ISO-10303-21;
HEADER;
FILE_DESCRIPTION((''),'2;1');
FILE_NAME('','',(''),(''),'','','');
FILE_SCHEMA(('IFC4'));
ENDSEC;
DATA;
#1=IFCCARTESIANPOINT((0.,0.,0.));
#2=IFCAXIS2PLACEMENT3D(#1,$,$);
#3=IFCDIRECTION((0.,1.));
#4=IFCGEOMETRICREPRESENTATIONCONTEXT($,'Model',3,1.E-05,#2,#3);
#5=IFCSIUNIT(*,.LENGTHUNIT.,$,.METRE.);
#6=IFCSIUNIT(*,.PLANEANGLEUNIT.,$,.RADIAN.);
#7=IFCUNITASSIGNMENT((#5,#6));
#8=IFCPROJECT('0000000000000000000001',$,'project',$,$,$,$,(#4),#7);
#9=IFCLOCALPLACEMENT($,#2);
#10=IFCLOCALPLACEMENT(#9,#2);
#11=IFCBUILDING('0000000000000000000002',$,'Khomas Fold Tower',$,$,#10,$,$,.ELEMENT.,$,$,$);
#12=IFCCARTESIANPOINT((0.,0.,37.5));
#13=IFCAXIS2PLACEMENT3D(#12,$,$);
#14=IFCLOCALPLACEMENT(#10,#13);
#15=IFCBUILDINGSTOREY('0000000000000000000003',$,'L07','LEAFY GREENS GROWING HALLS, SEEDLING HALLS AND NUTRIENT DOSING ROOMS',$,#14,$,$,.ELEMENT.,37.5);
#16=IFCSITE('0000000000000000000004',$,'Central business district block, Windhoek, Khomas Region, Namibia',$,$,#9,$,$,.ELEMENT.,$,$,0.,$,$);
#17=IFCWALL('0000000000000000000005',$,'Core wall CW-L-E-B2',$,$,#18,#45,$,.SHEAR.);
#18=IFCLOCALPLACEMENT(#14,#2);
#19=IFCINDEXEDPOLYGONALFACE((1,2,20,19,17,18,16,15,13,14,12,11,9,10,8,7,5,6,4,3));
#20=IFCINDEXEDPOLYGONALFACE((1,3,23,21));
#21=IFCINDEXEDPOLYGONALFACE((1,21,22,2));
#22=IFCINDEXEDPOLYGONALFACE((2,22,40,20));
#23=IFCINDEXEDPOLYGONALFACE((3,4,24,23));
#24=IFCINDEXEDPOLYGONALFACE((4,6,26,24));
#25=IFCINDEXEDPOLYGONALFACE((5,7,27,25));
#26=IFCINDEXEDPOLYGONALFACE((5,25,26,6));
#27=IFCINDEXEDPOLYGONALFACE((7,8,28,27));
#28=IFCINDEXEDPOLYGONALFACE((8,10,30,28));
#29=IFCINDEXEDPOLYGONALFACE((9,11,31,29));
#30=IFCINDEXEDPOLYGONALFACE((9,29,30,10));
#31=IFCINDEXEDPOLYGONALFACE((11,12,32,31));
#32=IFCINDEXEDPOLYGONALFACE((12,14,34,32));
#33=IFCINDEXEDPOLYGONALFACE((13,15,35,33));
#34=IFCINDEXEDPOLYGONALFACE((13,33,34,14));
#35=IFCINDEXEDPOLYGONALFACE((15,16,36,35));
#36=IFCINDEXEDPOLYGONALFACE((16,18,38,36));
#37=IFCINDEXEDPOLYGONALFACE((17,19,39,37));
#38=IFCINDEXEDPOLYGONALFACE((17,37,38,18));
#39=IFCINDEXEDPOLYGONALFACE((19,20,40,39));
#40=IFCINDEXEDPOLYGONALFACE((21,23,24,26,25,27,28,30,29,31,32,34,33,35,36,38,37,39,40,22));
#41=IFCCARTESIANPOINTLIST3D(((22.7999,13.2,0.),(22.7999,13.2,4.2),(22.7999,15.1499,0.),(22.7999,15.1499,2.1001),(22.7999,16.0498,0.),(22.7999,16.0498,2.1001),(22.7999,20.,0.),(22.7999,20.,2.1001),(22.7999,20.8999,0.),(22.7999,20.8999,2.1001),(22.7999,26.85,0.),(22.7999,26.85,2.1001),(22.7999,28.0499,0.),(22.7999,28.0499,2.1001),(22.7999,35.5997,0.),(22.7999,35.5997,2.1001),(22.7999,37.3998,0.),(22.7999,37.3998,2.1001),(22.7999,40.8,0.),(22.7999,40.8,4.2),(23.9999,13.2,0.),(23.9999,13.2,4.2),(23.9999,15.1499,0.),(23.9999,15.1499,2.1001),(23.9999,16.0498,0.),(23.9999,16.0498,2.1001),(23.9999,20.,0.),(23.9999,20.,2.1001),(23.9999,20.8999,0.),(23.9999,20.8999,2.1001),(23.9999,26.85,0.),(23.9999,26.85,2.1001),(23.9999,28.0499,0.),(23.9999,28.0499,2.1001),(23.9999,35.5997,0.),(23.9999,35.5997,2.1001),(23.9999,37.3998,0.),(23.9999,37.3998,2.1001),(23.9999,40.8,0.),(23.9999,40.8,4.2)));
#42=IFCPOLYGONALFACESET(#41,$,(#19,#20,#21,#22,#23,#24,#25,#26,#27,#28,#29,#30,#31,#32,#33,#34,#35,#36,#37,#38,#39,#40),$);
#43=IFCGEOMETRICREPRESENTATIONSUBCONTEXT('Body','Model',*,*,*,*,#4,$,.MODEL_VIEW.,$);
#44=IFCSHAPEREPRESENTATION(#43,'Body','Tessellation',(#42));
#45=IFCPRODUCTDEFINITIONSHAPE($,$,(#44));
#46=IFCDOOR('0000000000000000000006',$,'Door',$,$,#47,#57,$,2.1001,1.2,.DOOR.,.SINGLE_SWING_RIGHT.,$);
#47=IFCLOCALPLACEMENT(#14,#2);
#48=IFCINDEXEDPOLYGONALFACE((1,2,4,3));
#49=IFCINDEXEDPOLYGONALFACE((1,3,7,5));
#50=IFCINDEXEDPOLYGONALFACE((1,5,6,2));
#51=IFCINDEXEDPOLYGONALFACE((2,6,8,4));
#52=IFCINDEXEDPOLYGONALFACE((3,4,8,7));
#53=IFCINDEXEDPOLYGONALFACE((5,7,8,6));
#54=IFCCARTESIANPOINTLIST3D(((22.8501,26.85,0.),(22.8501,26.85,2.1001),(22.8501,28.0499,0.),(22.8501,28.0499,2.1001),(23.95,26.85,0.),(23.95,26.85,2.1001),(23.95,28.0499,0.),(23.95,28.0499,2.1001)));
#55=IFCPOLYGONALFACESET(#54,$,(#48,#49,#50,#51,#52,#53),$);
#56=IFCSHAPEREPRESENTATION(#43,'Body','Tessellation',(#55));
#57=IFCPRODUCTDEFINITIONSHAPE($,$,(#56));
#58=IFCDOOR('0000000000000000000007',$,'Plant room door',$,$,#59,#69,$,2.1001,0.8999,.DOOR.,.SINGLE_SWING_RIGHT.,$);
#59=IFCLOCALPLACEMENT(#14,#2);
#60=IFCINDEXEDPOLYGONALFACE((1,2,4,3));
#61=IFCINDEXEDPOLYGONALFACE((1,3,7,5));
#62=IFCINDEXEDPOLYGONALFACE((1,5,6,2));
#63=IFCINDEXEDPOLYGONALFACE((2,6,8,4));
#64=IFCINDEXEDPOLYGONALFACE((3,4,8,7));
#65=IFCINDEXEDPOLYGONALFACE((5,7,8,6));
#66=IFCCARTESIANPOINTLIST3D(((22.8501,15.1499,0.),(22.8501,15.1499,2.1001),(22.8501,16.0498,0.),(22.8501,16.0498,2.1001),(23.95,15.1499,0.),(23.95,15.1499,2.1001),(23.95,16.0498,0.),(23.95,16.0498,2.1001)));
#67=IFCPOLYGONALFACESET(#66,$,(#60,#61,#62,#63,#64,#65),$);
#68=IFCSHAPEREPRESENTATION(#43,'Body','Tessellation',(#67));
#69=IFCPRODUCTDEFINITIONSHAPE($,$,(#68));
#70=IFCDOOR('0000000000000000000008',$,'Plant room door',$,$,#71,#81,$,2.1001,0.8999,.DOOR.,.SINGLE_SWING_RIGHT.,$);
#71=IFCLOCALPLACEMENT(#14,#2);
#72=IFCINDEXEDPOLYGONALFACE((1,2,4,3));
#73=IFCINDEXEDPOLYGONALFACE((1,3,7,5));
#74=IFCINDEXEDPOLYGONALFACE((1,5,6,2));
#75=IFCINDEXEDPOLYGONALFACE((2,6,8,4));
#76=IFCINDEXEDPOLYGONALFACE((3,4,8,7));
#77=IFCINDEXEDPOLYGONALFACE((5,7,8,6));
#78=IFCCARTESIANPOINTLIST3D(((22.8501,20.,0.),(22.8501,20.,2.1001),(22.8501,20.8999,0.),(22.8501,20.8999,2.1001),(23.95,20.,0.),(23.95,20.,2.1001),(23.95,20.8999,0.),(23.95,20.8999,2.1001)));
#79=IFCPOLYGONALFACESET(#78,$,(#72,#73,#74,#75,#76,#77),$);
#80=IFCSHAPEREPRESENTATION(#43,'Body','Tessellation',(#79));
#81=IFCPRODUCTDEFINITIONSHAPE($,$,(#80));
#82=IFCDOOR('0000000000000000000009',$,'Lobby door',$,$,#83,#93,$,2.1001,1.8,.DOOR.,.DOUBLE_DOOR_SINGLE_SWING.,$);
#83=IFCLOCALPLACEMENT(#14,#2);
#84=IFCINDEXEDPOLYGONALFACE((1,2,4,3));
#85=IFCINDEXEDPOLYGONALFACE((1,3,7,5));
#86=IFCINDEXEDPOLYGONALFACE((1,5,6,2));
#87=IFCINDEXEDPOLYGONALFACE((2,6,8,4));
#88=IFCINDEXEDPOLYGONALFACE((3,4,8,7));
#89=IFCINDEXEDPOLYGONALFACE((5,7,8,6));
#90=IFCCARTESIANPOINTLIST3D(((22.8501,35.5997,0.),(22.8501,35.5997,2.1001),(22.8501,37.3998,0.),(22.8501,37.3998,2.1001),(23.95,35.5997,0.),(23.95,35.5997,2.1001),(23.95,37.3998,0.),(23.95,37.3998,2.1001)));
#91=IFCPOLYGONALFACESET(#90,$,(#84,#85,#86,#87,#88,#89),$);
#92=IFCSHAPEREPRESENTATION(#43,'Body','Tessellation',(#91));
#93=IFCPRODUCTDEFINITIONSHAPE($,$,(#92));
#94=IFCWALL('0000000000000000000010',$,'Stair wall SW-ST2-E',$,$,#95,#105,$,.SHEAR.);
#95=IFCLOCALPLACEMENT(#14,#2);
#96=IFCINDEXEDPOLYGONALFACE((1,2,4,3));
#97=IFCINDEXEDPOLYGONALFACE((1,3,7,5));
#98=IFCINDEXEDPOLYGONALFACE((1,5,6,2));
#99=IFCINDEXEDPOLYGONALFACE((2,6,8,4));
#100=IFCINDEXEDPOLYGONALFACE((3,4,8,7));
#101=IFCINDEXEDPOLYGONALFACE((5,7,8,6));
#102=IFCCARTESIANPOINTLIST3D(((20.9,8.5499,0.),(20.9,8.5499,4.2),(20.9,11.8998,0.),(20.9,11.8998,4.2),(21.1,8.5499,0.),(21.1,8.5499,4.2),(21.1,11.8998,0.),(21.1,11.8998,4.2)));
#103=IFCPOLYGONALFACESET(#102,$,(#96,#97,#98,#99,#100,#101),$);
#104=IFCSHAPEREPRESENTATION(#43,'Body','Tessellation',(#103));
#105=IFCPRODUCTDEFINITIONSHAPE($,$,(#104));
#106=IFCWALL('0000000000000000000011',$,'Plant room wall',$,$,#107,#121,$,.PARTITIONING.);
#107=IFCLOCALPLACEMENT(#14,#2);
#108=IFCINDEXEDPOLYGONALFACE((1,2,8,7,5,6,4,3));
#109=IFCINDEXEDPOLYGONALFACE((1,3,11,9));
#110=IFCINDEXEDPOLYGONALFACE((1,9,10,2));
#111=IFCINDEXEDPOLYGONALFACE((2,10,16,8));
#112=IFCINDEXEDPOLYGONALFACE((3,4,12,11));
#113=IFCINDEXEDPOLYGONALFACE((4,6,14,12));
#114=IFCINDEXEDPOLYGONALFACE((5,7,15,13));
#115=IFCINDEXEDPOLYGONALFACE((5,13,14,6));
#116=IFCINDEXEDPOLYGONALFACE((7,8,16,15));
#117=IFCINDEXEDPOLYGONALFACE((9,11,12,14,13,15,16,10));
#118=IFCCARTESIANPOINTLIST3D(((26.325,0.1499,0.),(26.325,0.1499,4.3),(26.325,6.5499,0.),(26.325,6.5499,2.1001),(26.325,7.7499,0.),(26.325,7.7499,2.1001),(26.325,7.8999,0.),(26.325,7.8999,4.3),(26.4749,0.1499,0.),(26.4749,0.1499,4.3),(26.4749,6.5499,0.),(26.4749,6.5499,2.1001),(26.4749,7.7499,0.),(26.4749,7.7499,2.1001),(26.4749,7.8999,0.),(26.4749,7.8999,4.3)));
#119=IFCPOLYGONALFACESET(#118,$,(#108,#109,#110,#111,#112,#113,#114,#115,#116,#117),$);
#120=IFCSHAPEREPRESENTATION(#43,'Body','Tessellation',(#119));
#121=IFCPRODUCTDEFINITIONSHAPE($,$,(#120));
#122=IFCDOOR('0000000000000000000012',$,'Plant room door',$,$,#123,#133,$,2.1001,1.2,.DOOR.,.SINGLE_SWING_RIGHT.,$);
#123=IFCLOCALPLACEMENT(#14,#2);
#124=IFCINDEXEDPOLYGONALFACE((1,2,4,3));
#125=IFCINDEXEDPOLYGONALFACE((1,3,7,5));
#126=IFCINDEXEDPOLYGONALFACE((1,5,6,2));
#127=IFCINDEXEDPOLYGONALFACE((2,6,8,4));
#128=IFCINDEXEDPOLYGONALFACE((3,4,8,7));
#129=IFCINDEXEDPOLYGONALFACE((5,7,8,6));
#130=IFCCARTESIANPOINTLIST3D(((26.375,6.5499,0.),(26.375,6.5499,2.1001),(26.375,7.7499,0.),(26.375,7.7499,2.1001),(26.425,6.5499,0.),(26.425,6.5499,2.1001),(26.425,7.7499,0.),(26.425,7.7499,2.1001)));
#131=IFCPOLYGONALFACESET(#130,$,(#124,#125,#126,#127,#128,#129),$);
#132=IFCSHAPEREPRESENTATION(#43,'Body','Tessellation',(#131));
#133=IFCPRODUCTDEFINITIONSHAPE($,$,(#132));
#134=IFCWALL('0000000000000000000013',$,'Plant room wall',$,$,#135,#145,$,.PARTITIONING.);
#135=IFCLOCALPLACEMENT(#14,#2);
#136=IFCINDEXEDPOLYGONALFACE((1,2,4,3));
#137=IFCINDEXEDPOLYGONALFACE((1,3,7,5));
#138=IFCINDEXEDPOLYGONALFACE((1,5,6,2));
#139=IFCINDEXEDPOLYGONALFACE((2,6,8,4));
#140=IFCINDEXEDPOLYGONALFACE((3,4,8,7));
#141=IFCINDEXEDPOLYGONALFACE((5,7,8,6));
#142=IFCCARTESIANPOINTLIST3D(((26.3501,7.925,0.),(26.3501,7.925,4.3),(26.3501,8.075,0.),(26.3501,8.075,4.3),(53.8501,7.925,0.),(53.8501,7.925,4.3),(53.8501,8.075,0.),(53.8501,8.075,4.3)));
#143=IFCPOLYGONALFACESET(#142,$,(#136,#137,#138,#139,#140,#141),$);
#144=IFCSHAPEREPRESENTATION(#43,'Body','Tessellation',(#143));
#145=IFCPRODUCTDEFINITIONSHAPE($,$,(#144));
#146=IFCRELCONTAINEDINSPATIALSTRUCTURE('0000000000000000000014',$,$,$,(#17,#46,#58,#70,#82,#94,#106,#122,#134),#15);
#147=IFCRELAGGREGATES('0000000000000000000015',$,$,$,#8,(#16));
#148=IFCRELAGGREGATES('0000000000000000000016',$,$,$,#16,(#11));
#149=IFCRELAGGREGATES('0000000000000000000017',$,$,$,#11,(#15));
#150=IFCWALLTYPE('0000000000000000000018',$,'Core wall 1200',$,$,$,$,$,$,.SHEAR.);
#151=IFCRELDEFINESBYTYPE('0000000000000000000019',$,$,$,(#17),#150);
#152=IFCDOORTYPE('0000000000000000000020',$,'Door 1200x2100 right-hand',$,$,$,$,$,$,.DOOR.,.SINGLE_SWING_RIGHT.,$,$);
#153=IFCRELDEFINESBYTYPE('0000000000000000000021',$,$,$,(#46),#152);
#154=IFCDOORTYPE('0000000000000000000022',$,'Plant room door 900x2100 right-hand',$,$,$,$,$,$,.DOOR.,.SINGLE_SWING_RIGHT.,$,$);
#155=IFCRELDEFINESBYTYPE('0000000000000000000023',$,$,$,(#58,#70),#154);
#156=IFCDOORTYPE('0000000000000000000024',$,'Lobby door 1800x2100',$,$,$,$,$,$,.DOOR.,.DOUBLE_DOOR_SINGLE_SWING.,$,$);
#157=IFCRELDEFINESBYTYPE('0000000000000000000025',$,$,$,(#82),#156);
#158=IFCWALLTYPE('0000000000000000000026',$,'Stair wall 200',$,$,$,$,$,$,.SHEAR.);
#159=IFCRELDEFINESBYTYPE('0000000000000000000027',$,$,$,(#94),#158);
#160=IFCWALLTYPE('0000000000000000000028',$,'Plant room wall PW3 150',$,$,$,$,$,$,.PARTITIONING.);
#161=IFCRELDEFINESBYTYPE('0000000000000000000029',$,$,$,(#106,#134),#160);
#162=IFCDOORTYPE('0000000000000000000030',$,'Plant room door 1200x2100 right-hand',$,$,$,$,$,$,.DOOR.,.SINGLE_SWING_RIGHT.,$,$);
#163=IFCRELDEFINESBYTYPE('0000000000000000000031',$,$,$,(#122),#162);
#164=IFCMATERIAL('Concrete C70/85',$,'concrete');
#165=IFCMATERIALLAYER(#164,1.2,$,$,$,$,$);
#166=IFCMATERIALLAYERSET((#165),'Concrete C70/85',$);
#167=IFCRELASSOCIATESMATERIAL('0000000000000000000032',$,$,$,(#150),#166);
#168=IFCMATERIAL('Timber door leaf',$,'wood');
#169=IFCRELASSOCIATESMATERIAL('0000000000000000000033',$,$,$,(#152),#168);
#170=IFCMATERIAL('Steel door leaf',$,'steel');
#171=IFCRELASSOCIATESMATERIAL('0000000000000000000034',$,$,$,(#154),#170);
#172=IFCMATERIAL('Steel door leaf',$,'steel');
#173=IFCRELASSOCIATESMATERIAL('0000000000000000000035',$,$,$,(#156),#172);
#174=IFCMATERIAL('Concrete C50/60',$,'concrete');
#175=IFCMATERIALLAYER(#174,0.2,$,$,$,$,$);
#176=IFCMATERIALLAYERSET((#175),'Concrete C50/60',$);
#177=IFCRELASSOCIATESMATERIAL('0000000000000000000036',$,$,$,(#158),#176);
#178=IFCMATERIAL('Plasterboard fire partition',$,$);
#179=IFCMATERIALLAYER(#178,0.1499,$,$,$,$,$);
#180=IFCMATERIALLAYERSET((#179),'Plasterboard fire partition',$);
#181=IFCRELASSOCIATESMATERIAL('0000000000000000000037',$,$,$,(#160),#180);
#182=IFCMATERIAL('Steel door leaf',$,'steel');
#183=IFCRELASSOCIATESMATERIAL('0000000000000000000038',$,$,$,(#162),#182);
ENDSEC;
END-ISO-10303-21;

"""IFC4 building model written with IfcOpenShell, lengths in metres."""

from ifc_helpers import new_model, si_unit, direction, frame, frame_2d, origin, place, context, subcontext, project, spatial, rectangle, extrude, source, transform, mapped, material, layer, layer_set, type_object, element, fill, save


model = new_model("IFC4")

# Units and contexts
model_context = context("Model", 3, precision=1e-05, world=origin(), true_north=direction((0.0, 1.0)))
body_context = subcontext(model_context, "Body", "Model", "MODEL_VIEW")
ifc_project = project(units=[si_unit("LENGTHUNIT", "METRE"), si_unit("PLANEANGLEUNIT", "RADIAN")], contexts=[model_context])

# Site, building, storey
site_placement = place(None, origin())
site = spatial("IfcSite", under=ifc_project, at=site_placement, Name="Central business district block, Windhoek, Khomas Region, Namibia", CompositionType="ELEMENT", RefElevation=0.0)
building_placement = place(site_placement, origin())
building = spatial("IfcBuilding", under=site, at=building_placement, Name="Khomas Fold Tower", CompositionType="ELEMENT")
storey_placement = place(building_placement, frame((0.0, 0.0, 37.5)))
storey = spatial("IfcBuildingStorey", under=building, at=storey_placement, Name="L07", Description="LEAFY GREENS GROWING HALLS, SEEDLING HALLS AND NUTRIENT DOSING ROOMS", CompositionType="ELEMENT", Elevation=37.5)

# Shared definitions
ifc_material_1 = material(Name="Concrete C70/85", Category="concrete")
ifc_layer_1 = layer(ifc_material_1, 1.2)
ifc_layer_set_1 = layer_set([ifc_layer_1], Name="Concrete C70/85")
wall_type_1 = type_object("IfcWallType", Name="Core wall 1200", PredefinedType="SHEAR", material=ifc_layer_set_1)

# Wall, openings, doors
shared_shape_1 = source(origin(), body_context, "Body", "SweptSolid", [
    extrude(rectangle(XDim=27.6001, YDim=1.2, at=frame_2d((13.8, 0.0))), origin(), (0.0, 0.0, 1.0), 4.2),
])
wall_1_placement = place(storey_placement, frame((23.3999, 13.2, 0.0), z_axis=(0.0, 0.0, 1.0), x_axis=(0.0, 1.0, 0.0)))
wall_1 = element("IfcWall", 1, at=wall_1_placement, inside=storey, type_object=wall_type_1, Name="Core wall CW-L-E-B2", PredefinedType="SHEAR", context=body_context, shape_type="MappedRepresentation", body=[
    mapped(shared_shape_1, transform((0.0, 0.0, 0.0))),
])
shared_shape_2 = source(origin(), body_context, "Body", "SweptSolid", [
    extrude(rectangle(XDim=1.8, YDim=2.1001, at=frame_2d((0.8999, 1.05))), frame((0.0, 0.6099, 0.0), z_axis=(0.0, -1.0, 0.0), x_axis=(1.0, 0.0, 0.0)), (0.0, 0.0, 1.0), 1.22),
])
opening_1_placement = place(wall_1_placement, frame((22.3999, 0.0, 0.0)))
opening_1 = element("IfcOpeningElement", 2, at=opening_1_placement, cuts=wall_1, PredefinedType="OPENING", context=body_context, shape_type="MappedRepresentation", body=[
    mapped(shared_shape_2, transform((0.0, 0.0, 0.0))),
])
shared_shape_3 = source(origin(), body_context, "Body", "SweptSolid", [
    extrude(rectangle(XDim=1.2, YDim=2.1001, at=frame_2d((0.6001, 1.05))), frame((0.0, 0.6099, 0.0), z_axis=(0.0, -1.0, 0.0), x_axis=(1.0, 0.0, 0.0)), (0.0, 0.0, 1.0), 1.22),
])
opening_2_placement = place(wall_1_placement, frame((13.6499, 0.0, 0.0)))
opening_2 = element("IfcOpeningElement", 3, at=opening_2_placement, cuts=wall_1, PredefinedType="OPENING", context=body_context, shape_type="MappedRepresentation", body=[
    mapped(shared_shape_3, transform((0.0, 0.0, 0.0))),
])
shared_shape_4 = source(origin(), body_context, "Body", "SweptSolid", [
    extrude(rectangle(XDim=0.8999, YDim=2.1001, at=frame_2d((0.45, 1.05))), frame((0.0, 0.6099, 0.0), z_axis=(0.0, -1.0, 0.0), x_axis=(1.0, 0.0, 0.0)), (0.0, 0.0, 1.0), 1.22),
])
opening_3_placement = place(wall_1_placement, frame((1.95, 0.0, 0.0)))
opening_3 = element("IfcOpeningElement", 4, at=opening_3_placement, cuts=wall_1, PredefinedType="OPENING", context=body_context, shape_type="MappedRepresentation", body=[
    mapped(shared_shape_4, transform((0.0, 0.0, 0.0))),
])
opening_4_placement = place(wall_1_placement, frame((6.8, 0.0, 0.0)))
opening_4 = element("IfcOpeningElement", 5, at=opening_4_placement, cuts=wall_1, PredefinedType="OPENING", context=body_context, shape_type="MappedRepresentation", body=[
    mapped(shared_shape_4, transform((0.0, 0.0, 0.0))),
])
ifc_material_2 = material(Name="Timber door leaf", Category="wood")
door_type_1 = type_object("IfcDoorType", Name="Door 1200x2100 right-hand", OperationType="SINGLE_SWING_RIGHT", PredefinedType="DOOR", material=ifc_material_2)
shared_shape_5 = source(origin(), body_context, "Body", "SweptSolid", [
    extrude(rectangle(XDim=1.2, YDim=2.1001, at=frame_2d((0.6001, 1.05))), frame((0.0, 0.5498, 0.0), z_axis=(0.0, -1.0, 0.0), x_axis=(1.0, 0.0, 0.0)), (0.0, 0.0, 1.0), 1.0999),
])
door_1_placement = place(opening_2_placement, origin())
door_1 = element("IfcDoor", 6, at=door_1_placement, inside=storey, type_object=door_type_1, Name="Door", OperationType="SINGLE_SWING_RIGHT", OverallHeight=2.1001, OverallWidth=1.2, PredefinedType="DOOR", context=body_context, shape_type="MappedRepresentation", body=[
    mapped(shared_shape_5, transform((0.0, 0.0, 0.0))),
])
fill(opening_2, door_1)
ifc_material_3 = material(Name="Steel door leaf", Category="steel")
door_type_2 = type_object("IfcDoorType", Name="Plant room door 900x2100 right-hand", OperationType="SINGLE_SWING_RIGHT", PredefinedType="DOOR", material=ifc_material_3)
shared_shape_6 = source(origin(), body_context, "Body", "SweptSolid", [
    extrude(rectangle(XDim=0.8999, YDim=2.1001, at=frame_2d((0.45, 1.05))), frame((0.0, 0.5498, 0.0), z_axis=(0.0, -1.0, 0.0), x_axis=(1.0, 0.0, 0.0)), (0.0, 0.0, 1.0), 1.0999),
])
door_2_placement = place(opening_3_placement, origin())
door_2 = element("IfcDoor", 7, at=door_2_placement, inside=storey, type_object=door_type_2, Name="Plant room door", OperationType="SINGLE_SWING_RIGHT", OverallHeight=2.1001, OverallWidth=0.8999, PredefinedType="DOOR", context=body_context, shape_type="MappedRepresentation", body=[
    mapped(shared_shape_6, transform((0.0, 0.0, 0.0))),
])
fill(opening_3, door_2)
door_3_placement = place(opening_4_placement, origin())
door_3 = element("IfcDoor", 8, at=door_3_placement, inside=storey, type_object=door_type_2, Name="Plant room door", OperationType="SINGLE_SWING_RIGHT", OverallHeight=2.1001, OverallWidth=0.8999, PredefinedType="DOOR", context=body_context, shape_type="MappedRepresentation", body=[
    mapped(shared_shape_6, transform((0.0, 0.0, 0.0))),
])
fill(opening_4, door_3)
ifc_material_4 = material(Name="Steel door leaf", Category="steel")
door_type_3 = type_object("IfcDoorType", Name="Lobby door 1800x2100", OperationType="DOUBLE_DOOR_SINGLE_SWING", PredefinedType="DOOR", material=ifc_material_4)
shared_shape_7 = source(origin(), body_context, "Body", "SweptSolid", [
    extrude(rectangle(XDim=1.8, YDim=2.1001, at=frame_2d((0.8999, 1.05))), frame((0.0, 0.5498, 0.0), z_axis=(0.0, -1.0, 0.0), x_axis=(1.0, 0.0, 0.0)), (0.0, 0.0, 1.0), 1.0999),
])
door_4_placement = place(opening_1_placement, origin())
door_4 = element("IfcDoor", 9, at=door_4_placement, inside=storey, type_object=door_type_3, Name="Lobby door", OperationType="DOUBLE_DOOR_SINGLE_SWING", OverallHeight=2.1001, OverallWidth=1.8, PredefinedType="DOOR", context=body_context, shape_type="MappedRepresentation", body=[
    mapped(shared_shape_7, transform((0.0, 0.0, 0.0))),
])
fill(opening_1, door_4)

# Wall
ifc_material_5 = material(Name="Concrete C50/60", Category="concrete")
ifc_layer_2 = layer(ifc_material_5, 0.2)
ifc_layer_set_2 = layer_set([ifc_layer_2], Name="Concrete C50/60")
wall_type_2 = type_object("IfcWallType", Name="Stair wall 200", PredefinedType="SHEAR", material=ifc_layer_set_2)
shared_shape_8 = source(origin(), body_context, "Body", "SweptSolid", [
    extrude(rectangle(XDim=3.3499, YDim=0.2, at=frame_2d((1.6748, 0.0))), origin(), (0.0, 0.0, 1.0), 4.2),
])
wall_2_placement = place(storey_placement, frame((21.0, 8.55, 0.0), z_axis=(0.0, 0.0, 1.0), x_axis=(0.0, 1.0, 0.0)))
element("IfcWall", 10, at=wall_2_placement, inside=storey, type_object=wall_type_2, Name="Stair wall SW-ST2-E", PredefinedType="SHEAR", context=body_context, shape_type="MappedRepresentation", body=[
    mapped(shared_shape_8, transform((0.0, 0.0, 0.0))),
])

# Wall, opening, door
ifc_material_6 = material(Name="Plasterboard fire partition")
ifc_layer_3 = layer(ifc_material_6, 0.1499)
ifc_layer_set_3 = layer_set([ifc_layer_3], Name="Plasterboard fire partition")
wall_type_3 = type_object("IfcWallType", Name="Plant room wall PW3 150", PredefinedType="PARTITIONING", material=ifc_layer_set_3)
shared_shape_9 = source(origin(), body_context, "Body", "SweptSolid", [
    extrude(rectangle(XDim=7.75, YDim=0.1499, at=frame_2d((3.875, 0.0))), origin(), (0.0, 0.0, 1.0), 4.3),
])
wall_3_placement = place(storey_placement, frame((26.3999, 0.1499, 0.0), z_axis=(0.0, 0.0, 1.0), x_axis=(0.0, 1.0, 0.0)))
wall_3 = element("IfcWall", 11, at=wall_3_placement, inside=storey, type_object=wall_type_3, Name="Plant room wall", PredefinedType="PARTITIONING", context=body_context, shape_type="MappedRepresentation", body=[
    mapped(shared_shape_9, transform((0.0, 0.0, 0.0))),
])
shared_shape_10 = source(origin(), body_context, "Body", "SweptSolid", [
    extrude(rectangle(XDim=1.2, YDim=2.1001, at=frame_2d((0.6001, 1.05))), frame((0.0, 0.085, 0.0), z_axis=(0.0, -1.0, 0.0), x_axis=(1.0, 0.0, 0.0)), (0.0, 0.0, 1.0), 0.1699),
])
opening_5_placement = place(wall_3_placement, frame((6.3999, 0.0, 0.0)))
opening_5 = element("IfcOpeningElement", 12, at=opening_5_placement, cuts=wall_3, PredefinedType="OPENING", context=body_context, shape_type="MappedRepresentation", body=[
    mapped(shared_shape_10, transform((0.0, 0.0, 0.0))),
])
ifc_material_7 = material(Name="Steel door leaf", Category="steel")
door_type_4 = type_object("IfcDoorType", Name="Plant room door 1200x2100 right-hand", OperationType="SINGLE_SWING_RIGHT", PredefinedType="DOOR", material=ifc_material_7)
shared_shape_11 = source(origin(), body_context, "Body", "SweptSolid", [
    extrude(rectangle(XDim=1.2, YDim=2.1001, at=frame_2d((0.6001, 1.05))), frame((0.0, 0.0249, 0.0), z_axis=(0.0, -1.0, 0.0), x_axis=(1.0, 0.0, 0.0)), (0.0, 0.0, 1.0), 0.05),
])
door_5_placement = place(opening_5_placement, origin())
door_5 = element("IfcDoor", 13, at=door_5_placement, inside=storey, type_object=door_type_4, Name="Plant room door", OperationType="SINGLE_SWING_RIGHT", OverallHeight=2.1001, OverallWidth=1.2, PredefinedType="DOOR", context=body_context, shape_type="MappedRepresentation", body=[
    mapped(shared_shape_11, transform((0.0, 0.0, 0.0))),
])
fill(opening_5, door_5)

# Wall
shared_shape_12 = source(origin(), body_context, "Body", "SweptSolid", [
    extrude(rectangle(XDim=27.5, YDim=0.1499, at=frame_2d((13.75, 0.0))), origin(), (0.0, 0.0, 1.0), 4.3),
])
wall_4_placement = place(storey_placement, frame((26.3501, 8.0, 0.0), z_axis=(0.0, 0.0, 1.0), x_axis=(1.0, 0.0, 0.0)))
element("IfcWall", 14, at=wall_4_placement, inside=storey, type_object=wall_type_3, Name="Plant room wall", PredefinedType="PARTITIONING", context=body_context, shape_type="MappedRepresentation", body=[
    mapped(shared_shape_12, transform((0.0, 0.0, 0.0))),
])

save(model, "model.ifc")
